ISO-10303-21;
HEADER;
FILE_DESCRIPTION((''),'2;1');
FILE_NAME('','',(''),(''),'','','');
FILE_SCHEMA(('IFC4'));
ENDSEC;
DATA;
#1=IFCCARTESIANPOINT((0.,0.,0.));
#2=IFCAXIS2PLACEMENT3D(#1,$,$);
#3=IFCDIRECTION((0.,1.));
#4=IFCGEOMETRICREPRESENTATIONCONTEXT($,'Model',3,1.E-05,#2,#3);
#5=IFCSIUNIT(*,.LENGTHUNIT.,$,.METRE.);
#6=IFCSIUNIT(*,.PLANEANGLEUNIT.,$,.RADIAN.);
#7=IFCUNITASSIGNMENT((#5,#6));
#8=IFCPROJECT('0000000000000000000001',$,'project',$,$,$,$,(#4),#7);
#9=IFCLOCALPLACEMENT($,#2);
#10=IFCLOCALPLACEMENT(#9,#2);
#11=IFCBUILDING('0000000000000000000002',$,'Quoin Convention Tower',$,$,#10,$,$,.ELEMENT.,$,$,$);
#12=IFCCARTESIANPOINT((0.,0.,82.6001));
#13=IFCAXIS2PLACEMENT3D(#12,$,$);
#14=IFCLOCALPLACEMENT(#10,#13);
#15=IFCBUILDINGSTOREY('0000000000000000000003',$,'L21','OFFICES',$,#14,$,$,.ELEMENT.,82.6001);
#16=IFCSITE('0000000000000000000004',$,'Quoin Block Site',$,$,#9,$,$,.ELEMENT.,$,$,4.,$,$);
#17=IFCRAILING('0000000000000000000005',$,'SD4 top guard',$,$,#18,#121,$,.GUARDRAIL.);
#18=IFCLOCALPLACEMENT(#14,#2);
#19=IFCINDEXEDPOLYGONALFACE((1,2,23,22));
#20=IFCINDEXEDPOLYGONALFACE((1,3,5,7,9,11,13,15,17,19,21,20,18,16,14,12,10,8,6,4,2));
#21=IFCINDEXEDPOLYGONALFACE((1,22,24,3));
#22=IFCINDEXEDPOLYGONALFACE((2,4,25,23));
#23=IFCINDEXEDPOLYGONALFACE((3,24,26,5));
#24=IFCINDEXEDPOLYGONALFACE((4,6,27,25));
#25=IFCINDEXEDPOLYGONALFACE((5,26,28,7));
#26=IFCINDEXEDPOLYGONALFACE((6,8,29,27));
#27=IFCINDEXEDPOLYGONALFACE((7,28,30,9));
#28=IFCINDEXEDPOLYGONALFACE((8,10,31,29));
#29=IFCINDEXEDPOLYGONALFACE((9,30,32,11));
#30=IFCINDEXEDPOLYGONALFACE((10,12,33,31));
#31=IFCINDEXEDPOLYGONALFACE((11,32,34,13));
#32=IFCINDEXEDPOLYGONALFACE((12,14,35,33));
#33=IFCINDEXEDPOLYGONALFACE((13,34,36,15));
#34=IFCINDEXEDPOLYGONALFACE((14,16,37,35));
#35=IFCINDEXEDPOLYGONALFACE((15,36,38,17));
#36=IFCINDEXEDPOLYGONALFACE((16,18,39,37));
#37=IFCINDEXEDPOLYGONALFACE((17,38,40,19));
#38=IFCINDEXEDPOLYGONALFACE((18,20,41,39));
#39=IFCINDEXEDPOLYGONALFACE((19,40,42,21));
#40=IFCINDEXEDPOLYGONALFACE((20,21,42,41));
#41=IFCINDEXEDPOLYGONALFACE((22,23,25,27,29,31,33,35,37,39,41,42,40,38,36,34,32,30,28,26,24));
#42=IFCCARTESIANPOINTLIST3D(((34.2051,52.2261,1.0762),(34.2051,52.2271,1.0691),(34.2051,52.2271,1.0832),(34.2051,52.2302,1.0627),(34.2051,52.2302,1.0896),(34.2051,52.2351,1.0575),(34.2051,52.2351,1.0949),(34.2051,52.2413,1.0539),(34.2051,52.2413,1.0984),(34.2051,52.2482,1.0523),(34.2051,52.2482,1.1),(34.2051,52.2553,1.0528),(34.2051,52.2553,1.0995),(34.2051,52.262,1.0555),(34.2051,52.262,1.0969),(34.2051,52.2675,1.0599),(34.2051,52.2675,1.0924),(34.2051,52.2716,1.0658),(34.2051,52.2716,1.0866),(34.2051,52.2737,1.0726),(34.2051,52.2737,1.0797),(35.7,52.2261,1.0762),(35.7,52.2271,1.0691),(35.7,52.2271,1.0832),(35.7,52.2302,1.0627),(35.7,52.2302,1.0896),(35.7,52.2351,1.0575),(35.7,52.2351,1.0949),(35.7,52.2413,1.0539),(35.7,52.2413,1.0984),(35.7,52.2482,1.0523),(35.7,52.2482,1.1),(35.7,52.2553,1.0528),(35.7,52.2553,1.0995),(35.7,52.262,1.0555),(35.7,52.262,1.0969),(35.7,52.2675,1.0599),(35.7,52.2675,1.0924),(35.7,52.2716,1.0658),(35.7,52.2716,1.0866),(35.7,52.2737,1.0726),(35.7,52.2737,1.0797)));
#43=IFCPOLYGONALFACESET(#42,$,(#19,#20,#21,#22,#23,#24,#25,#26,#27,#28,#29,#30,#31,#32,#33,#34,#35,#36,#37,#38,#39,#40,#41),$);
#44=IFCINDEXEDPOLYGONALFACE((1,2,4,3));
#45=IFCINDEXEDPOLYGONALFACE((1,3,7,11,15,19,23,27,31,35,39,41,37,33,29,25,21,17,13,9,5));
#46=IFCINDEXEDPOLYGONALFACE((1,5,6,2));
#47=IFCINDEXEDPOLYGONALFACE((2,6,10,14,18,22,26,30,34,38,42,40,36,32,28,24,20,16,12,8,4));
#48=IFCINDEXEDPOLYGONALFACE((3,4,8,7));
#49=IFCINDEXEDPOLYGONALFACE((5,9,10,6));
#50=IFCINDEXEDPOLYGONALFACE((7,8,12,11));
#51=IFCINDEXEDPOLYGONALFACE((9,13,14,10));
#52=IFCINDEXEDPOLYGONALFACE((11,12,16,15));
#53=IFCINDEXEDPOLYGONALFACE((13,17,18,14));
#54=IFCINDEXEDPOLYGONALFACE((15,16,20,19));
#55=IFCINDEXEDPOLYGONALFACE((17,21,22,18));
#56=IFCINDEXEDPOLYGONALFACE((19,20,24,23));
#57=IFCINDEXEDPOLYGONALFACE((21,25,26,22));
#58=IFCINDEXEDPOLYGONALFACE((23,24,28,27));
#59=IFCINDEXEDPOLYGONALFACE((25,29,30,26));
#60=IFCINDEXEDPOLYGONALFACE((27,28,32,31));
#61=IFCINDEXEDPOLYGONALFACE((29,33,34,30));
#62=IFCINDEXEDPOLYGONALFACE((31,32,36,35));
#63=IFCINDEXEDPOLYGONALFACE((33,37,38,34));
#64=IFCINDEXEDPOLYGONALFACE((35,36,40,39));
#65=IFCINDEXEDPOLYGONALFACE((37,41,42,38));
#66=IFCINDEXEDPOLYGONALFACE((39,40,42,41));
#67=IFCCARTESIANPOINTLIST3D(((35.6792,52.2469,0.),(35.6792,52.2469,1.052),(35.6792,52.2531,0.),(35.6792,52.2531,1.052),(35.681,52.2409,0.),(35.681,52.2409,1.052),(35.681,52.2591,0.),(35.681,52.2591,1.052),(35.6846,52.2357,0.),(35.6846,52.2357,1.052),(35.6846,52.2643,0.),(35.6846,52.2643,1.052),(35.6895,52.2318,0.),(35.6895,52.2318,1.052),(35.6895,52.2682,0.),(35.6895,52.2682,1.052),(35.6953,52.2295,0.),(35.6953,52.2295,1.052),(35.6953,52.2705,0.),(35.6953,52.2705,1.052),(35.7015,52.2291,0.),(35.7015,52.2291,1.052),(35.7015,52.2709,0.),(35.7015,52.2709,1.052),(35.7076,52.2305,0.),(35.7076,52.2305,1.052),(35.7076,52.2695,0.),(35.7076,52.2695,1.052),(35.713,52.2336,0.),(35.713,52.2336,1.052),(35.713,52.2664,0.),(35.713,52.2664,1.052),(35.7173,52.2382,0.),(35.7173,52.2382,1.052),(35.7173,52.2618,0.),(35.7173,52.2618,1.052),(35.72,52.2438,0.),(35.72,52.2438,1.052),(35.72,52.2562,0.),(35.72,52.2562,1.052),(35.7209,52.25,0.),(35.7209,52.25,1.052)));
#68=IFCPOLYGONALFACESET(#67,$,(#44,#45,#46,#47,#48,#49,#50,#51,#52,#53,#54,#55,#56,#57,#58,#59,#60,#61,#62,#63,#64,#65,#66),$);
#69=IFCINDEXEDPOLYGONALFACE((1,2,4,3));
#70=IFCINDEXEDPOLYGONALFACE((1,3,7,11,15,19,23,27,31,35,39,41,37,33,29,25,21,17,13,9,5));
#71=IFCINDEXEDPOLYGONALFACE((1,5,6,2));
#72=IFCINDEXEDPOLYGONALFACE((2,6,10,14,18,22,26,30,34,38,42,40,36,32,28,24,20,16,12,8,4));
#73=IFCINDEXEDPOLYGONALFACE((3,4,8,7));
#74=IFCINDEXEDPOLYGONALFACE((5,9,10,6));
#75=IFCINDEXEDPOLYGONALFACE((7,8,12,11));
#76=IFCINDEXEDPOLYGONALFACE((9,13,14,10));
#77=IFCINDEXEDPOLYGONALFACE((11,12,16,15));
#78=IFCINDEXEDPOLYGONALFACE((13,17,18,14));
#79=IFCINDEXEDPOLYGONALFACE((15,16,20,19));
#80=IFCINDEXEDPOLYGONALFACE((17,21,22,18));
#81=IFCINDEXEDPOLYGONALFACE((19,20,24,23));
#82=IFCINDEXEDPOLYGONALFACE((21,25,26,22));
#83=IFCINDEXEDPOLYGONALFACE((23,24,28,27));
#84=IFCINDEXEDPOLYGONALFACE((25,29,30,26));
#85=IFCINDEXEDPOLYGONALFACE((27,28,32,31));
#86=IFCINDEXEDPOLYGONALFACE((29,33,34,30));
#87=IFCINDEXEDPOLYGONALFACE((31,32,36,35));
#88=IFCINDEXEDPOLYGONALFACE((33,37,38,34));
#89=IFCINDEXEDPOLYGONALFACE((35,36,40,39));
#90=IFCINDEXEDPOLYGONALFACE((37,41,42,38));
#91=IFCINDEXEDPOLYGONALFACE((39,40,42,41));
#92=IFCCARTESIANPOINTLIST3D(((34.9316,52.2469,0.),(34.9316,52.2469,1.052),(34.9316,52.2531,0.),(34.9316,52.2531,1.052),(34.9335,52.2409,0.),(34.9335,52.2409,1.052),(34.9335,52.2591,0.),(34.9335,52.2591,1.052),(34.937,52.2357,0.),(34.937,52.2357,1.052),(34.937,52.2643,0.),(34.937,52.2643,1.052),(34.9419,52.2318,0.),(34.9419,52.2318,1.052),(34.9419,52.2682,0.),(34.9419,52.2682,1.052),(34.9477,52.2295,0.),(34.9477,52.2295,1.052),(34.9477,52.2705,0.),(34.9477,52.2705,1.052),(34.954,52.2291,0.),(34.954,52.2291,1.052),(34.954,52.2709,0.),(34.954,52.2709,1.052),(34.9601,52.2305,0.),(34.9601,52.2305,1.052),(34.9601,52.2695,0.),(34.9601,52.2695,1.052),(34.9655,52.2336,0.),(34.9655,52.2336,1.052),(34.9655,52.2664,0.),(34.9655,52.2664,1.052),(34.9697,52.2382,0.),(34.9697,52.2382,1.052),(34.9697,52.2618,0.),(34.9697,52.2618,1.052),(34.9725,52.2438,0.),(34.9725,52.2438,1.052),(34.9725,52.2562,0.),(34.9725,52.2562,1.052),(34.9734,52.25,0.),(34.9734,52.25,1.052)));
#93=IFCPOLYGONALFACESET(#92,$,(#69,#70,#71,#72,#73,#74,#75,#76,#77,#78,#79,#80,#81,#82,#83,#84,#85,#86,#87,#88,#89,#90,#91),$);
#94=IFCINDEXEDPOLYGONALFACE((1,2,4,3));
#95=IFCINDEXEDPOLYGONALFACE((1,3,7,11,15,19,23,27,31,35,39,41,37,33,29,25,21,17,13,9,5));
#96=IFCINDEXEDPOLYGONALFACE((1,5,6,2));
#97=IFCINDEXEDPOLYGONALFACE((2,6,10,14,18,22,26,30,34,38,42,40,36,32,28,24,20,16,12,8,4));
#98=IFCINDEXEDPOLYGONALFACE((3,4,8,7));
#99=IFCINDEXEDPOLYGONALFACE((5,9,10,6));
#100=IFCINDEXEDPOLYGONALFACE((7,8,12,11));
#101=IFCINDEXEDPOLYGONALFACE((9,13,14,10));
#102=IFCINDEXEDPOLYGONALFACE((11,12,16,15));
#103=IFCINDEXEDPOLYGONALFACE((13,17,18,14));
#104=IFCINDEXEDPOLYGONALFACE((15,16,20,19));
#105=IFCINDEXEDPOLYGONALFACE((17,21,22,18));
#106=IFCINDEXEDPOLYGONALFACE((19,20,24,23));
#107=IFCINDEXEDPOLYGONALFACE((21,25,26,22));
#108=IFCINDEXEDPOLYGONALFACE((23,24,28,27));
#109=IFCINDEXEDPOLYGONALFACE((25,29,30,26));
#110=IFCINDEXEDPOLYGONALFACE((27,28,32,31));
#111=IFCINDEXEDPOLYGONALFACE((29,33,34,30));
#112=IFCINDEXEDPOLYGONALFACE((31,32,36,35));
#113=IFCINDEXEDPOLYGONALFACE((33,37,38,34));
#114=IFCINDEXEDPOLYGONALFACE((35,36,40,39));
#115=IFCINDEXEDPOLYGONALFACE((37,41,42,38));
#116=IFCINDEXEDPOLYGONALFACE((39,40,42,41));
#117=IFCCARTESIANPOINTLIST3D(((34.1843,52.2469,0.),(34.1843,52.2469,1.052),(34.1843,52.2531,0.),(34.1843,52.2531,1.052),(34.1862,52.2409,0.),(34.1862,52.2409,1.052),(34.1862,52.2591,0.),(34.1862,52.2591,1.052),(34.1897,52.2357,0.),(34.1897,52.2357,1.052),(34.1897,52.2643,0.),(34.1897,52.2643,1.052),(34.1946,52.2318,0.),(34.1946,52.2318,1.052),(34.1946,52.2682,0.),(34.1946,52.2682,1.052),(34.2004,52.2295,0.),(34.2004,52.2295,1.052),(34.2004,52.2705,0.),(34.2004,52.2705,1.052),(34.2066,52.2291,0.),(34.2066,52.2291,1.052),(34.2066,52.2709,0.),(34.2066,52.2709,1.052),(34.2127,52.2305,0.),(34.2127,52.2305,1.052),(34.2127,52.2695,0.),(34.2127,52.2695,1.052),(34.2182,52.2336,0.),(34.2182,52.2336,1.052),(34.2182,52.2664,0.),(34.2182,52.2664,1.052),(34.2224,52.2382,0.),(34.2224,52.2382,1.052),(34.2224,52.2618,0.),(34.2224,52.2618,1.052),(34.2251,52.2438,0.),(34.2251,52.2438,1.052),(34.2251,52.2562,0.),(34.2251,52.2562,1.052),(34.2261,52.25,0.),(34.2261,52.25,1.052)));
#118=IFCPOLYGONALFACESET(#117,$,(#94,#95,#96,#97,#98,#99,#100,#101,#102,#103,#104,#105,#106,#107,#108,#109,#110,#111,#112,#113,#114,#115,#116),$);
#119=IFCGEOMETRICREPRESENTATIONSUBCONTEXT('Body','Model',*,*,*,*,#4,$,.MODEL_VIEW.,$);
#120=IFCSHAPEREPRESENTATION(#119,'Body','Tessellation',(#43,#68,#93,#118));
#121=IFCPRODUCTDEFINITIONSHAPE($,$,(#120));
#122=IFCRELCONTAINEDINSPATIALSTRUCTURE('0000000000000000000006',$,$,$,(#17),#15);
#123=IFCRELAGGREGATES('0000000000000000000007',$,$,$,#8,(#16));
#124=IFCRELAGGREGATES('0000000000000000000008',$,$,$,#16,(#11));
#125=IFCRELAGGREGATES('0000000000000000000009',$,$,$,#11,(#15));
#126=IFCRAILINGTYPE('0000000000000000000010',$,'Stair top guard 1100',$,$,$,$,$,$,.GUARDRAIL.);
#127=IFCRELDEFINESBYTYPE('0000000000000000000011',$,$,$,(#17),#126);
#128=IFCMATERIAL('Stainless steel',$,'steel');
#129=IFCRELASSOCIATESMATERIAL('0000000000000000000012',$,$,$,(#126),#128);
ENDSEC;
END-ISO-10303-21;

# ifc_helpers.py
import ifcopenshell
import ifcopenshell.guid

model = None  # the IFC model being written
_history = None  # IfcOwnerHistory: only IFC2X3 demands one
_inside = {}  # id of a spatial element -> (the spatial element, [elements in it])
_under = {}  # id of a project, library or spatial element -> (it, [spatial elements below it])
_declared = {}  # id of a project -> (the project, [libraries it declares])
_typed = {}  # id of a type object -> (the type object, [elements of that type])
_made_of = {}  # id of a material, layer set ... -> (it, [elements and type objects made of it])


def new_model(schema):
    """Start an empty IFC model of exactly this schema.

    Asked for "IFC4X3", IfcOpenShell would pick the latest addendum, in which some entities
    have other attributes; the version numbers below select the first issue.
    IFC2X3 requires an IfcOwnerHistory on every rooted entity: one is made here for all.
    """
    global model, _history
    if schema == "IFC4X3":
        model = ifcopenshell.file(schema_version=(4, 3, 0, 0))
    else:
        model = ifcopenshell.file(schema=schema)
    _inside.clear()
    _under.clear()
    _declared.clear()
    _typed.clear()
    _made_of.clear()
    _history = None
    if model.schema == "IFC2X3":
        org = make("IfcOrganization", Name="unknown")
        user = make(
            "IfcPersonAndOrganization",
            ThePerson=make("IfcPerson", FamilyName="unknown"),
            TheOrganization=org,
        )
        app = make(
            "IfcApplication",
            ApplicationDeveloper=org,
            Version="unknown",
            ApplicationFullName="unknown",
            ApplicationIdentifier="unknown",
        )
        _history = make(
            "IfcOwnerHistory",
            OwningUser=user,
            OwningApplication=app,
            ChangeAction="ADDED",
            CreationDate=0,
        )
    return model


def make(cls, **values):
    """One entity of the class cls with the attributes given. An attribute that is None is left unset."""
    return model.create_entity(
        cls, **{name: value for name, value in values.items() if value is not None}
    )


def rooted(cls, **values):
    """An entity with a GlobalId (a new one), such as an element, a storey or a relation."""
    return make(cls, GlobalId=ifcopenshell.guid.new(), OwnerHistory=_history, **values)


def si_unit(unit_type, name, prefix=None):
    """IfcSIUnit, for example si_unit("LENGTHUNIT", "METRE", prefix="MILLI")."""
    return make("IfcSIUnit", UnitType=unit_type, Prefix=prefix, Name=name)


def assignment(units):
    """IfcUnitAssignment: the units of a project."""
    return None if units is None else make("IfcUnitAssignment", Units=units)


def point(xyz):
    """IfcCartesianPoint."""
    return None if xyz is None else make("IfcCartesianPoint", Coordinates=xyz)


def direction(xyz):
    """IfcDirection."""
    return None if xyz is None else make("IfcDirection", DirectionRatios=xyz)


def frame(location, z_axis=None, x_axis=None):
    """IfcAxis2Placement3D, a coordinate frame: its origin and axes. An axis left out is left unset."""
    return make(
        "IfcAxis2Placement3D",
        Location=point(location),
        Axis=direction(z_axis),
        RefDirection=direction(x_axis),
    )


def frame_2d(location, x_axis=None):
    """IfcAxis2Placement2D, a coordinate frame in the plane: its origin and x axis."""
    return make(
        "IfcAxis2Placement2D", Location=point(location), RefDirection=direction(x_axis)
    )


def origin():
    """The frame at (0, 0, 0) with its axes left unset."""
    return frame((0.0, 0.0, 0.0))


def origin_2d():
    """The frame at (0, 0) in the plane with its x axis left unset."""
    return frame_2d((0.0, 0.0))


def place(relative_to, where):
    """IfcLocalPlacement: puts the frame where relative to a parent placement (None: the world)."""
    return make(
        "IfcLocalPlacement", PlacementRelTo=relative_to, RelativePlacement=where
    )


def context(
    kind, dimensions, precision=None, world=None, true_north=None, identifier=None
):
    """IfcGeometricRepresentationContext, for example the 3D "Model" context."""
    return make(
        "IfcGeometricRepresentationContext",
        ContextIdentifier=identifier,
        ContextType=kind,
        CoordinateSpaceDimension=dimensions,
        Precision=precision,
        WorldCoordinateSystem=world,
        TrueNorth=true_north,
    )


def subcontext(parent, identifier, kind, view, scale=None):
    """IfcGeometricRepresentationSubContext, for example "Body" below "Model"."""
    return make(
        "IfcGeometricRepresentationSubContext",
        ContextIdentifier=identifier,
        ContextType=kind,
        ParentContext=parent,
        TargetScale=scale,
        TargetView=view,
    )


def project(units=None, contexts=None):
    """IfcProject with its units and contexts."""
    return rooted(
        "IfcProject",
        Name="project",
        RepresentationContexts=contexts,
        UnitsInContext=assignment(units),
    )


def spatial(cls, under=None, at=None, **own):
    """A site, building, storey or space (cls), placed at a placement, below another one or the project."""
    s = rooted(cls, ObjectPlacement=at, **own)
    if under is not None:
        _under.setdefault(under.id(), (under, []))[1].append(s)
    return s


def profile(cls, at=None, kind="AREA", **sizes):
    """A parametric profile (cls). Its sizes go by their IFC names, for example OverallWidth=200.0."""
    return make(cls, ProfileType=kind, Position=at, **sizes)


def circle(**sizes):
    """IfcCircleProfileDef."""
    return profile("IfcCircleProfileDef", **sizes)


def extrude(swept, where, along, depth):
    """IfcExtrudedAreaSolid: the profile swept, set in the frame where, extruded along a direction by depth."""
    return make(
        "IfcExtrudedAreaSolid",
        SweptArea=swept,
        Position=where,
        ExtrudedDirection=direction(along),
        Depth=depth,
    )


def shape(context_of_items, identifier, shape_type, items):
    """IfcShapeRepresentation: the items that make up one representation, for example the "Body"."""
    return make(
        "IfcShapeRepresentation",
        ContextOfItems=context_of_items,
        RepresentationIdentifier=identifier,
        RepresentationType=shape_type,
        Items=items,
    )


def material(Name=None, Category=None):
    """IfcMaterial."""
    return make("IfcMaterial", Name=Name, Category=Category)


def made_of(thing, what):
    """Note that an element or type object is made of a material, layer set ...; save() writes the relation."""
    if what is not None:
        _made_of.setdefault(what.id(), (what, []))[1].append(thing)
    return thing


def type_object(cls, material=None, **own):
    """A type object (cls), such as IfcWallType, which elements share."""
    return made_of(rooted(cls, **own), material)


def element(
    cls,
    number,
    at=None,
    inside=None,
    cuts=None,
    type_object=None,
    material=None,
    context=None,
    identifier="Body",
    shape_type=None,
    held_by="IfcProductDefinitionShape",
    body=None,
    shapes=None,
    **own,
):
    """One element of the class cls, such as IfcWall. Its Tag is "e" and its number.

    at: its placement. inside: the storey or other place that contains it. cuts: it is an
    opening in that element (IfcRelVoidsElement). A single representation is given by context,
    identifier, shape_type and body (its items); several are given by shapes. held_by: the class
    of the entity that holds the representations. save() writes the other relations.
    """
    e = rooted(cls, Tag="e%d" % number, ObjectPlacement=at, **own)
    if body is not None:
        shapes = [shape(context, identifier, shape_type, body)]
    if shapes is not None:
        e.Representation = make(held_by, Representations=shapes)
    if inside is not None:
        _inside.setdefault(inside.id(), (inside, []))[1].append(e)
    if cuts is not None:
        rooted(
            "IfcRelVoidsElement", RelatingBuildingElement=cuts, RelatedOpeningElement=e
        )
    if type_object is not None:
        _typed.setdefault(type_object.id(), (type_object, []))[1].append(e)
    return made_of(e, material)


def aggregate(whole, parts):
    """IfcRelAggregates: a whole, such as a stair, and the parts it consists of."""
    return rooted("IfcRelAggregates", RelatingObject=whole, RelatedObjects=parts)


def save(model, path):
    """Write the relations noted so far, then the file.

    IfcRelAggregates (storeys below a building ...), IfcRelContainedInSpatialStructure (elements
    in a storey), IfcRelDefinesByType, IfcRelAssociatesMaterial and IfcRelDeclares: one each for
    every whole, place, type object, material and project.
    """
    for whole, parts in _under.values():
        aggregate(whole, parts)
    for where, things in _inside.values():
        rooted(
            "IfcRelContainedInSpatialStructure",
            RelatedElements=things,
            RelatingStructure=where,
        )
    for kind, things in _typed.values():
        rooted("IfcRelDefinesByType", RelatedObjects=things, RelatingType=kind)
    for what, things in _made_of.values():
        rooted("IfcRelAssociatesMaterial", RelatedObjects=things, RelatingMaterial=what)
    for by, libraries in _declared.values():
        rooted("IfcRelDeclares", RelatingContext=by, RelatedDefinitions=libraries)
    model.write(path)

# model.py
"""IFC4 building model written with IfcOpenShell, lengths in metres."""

from ifc_helpers import new_model, si_unit, direction, frame, origin, origin_2d, place, context, subcontext, project, spatial, circle, extrude, material, type_object, element, save


model = new_model("IFC4")

# Units and contexts
model_context = context("Model", 3, precision=1e-05, world=origin(), true_north=direction((0.0, 1.0)))
body_context = subcontext(model_context, "Body", "Model", "MODEL_VIEW")
ifc_project = project(units=[si_unit("LENGTHUNIT", "METRE"), si_unit("PLANEANGLEUNIT", "RADIAN")], contexts=[model_context])

# Site, building, storey
site_placement = place(None, origin())
site = spatial("IfcSite", under=ifc_project, at=site_placement, Name="Quoin Block Site", CompositionType="ELEMENT", RefElevation=4.0)
building_placement = place(site_placement, origin())
building = spatial("IfcBuilding", under=site, at=building_placement, Name="Quoin Convention Tower", CompositionType="ELEMENT")
storey_placement = place(building_placement, frame((0.0, 0.0, 82.6001)))
storey = spatial("IfcBuildingStorey", under=building, at=storey_placement, Name="L21", Description="OFFICES", CompositionType="ELEMENT", Elevation=82.6001)

# Railing
ifc_material_1 = material(Name="Stainless steel", Category="steel")
railing_type_1 = type_object("IfcRailingType", Name="Stair top guard 1100", PredefinedType="GUARDRAIL", material=ifc_material_1)
railing_1_placement = place(storey_placement, frame((35.7, 52.25, 0.0)))
element("IfcRailing", 1, at=railing_1_placement, inside=storey, type_object=railing_type_1, Name="SD4 top guard", PredefinedType="GUARDRAIL", context=body_context, shape_type="SweptSolid", body=[
    extrude(circle(Radius=0.0239, at=origin_2d()), frame((0.0, 0.0, 1.0762), z_axis=(-1.0, 0.0, 0.0), x_axis=(0.0, -1.0, 0.0)), (0.0, 0.0, 1.0), 1.4949),
    extrude(circle(Radius=0.021, at=origin_2d()), origin(), (0.0, 0.0, 1.0), 1.052),
    extrude(circle(Radius=0.021, at=origin_2d()), frame((-0.7476, 0.0, 0.0)), (0.0, 0.0, 1.0), 1.052),
    extrude(circle(Radius=0.021, at=origin_2d()), frame((-1.4949, 0.0, 0.0)), (0.0, 0.0, 1.0), 1.052),
])

save(model, "model.ifc")
